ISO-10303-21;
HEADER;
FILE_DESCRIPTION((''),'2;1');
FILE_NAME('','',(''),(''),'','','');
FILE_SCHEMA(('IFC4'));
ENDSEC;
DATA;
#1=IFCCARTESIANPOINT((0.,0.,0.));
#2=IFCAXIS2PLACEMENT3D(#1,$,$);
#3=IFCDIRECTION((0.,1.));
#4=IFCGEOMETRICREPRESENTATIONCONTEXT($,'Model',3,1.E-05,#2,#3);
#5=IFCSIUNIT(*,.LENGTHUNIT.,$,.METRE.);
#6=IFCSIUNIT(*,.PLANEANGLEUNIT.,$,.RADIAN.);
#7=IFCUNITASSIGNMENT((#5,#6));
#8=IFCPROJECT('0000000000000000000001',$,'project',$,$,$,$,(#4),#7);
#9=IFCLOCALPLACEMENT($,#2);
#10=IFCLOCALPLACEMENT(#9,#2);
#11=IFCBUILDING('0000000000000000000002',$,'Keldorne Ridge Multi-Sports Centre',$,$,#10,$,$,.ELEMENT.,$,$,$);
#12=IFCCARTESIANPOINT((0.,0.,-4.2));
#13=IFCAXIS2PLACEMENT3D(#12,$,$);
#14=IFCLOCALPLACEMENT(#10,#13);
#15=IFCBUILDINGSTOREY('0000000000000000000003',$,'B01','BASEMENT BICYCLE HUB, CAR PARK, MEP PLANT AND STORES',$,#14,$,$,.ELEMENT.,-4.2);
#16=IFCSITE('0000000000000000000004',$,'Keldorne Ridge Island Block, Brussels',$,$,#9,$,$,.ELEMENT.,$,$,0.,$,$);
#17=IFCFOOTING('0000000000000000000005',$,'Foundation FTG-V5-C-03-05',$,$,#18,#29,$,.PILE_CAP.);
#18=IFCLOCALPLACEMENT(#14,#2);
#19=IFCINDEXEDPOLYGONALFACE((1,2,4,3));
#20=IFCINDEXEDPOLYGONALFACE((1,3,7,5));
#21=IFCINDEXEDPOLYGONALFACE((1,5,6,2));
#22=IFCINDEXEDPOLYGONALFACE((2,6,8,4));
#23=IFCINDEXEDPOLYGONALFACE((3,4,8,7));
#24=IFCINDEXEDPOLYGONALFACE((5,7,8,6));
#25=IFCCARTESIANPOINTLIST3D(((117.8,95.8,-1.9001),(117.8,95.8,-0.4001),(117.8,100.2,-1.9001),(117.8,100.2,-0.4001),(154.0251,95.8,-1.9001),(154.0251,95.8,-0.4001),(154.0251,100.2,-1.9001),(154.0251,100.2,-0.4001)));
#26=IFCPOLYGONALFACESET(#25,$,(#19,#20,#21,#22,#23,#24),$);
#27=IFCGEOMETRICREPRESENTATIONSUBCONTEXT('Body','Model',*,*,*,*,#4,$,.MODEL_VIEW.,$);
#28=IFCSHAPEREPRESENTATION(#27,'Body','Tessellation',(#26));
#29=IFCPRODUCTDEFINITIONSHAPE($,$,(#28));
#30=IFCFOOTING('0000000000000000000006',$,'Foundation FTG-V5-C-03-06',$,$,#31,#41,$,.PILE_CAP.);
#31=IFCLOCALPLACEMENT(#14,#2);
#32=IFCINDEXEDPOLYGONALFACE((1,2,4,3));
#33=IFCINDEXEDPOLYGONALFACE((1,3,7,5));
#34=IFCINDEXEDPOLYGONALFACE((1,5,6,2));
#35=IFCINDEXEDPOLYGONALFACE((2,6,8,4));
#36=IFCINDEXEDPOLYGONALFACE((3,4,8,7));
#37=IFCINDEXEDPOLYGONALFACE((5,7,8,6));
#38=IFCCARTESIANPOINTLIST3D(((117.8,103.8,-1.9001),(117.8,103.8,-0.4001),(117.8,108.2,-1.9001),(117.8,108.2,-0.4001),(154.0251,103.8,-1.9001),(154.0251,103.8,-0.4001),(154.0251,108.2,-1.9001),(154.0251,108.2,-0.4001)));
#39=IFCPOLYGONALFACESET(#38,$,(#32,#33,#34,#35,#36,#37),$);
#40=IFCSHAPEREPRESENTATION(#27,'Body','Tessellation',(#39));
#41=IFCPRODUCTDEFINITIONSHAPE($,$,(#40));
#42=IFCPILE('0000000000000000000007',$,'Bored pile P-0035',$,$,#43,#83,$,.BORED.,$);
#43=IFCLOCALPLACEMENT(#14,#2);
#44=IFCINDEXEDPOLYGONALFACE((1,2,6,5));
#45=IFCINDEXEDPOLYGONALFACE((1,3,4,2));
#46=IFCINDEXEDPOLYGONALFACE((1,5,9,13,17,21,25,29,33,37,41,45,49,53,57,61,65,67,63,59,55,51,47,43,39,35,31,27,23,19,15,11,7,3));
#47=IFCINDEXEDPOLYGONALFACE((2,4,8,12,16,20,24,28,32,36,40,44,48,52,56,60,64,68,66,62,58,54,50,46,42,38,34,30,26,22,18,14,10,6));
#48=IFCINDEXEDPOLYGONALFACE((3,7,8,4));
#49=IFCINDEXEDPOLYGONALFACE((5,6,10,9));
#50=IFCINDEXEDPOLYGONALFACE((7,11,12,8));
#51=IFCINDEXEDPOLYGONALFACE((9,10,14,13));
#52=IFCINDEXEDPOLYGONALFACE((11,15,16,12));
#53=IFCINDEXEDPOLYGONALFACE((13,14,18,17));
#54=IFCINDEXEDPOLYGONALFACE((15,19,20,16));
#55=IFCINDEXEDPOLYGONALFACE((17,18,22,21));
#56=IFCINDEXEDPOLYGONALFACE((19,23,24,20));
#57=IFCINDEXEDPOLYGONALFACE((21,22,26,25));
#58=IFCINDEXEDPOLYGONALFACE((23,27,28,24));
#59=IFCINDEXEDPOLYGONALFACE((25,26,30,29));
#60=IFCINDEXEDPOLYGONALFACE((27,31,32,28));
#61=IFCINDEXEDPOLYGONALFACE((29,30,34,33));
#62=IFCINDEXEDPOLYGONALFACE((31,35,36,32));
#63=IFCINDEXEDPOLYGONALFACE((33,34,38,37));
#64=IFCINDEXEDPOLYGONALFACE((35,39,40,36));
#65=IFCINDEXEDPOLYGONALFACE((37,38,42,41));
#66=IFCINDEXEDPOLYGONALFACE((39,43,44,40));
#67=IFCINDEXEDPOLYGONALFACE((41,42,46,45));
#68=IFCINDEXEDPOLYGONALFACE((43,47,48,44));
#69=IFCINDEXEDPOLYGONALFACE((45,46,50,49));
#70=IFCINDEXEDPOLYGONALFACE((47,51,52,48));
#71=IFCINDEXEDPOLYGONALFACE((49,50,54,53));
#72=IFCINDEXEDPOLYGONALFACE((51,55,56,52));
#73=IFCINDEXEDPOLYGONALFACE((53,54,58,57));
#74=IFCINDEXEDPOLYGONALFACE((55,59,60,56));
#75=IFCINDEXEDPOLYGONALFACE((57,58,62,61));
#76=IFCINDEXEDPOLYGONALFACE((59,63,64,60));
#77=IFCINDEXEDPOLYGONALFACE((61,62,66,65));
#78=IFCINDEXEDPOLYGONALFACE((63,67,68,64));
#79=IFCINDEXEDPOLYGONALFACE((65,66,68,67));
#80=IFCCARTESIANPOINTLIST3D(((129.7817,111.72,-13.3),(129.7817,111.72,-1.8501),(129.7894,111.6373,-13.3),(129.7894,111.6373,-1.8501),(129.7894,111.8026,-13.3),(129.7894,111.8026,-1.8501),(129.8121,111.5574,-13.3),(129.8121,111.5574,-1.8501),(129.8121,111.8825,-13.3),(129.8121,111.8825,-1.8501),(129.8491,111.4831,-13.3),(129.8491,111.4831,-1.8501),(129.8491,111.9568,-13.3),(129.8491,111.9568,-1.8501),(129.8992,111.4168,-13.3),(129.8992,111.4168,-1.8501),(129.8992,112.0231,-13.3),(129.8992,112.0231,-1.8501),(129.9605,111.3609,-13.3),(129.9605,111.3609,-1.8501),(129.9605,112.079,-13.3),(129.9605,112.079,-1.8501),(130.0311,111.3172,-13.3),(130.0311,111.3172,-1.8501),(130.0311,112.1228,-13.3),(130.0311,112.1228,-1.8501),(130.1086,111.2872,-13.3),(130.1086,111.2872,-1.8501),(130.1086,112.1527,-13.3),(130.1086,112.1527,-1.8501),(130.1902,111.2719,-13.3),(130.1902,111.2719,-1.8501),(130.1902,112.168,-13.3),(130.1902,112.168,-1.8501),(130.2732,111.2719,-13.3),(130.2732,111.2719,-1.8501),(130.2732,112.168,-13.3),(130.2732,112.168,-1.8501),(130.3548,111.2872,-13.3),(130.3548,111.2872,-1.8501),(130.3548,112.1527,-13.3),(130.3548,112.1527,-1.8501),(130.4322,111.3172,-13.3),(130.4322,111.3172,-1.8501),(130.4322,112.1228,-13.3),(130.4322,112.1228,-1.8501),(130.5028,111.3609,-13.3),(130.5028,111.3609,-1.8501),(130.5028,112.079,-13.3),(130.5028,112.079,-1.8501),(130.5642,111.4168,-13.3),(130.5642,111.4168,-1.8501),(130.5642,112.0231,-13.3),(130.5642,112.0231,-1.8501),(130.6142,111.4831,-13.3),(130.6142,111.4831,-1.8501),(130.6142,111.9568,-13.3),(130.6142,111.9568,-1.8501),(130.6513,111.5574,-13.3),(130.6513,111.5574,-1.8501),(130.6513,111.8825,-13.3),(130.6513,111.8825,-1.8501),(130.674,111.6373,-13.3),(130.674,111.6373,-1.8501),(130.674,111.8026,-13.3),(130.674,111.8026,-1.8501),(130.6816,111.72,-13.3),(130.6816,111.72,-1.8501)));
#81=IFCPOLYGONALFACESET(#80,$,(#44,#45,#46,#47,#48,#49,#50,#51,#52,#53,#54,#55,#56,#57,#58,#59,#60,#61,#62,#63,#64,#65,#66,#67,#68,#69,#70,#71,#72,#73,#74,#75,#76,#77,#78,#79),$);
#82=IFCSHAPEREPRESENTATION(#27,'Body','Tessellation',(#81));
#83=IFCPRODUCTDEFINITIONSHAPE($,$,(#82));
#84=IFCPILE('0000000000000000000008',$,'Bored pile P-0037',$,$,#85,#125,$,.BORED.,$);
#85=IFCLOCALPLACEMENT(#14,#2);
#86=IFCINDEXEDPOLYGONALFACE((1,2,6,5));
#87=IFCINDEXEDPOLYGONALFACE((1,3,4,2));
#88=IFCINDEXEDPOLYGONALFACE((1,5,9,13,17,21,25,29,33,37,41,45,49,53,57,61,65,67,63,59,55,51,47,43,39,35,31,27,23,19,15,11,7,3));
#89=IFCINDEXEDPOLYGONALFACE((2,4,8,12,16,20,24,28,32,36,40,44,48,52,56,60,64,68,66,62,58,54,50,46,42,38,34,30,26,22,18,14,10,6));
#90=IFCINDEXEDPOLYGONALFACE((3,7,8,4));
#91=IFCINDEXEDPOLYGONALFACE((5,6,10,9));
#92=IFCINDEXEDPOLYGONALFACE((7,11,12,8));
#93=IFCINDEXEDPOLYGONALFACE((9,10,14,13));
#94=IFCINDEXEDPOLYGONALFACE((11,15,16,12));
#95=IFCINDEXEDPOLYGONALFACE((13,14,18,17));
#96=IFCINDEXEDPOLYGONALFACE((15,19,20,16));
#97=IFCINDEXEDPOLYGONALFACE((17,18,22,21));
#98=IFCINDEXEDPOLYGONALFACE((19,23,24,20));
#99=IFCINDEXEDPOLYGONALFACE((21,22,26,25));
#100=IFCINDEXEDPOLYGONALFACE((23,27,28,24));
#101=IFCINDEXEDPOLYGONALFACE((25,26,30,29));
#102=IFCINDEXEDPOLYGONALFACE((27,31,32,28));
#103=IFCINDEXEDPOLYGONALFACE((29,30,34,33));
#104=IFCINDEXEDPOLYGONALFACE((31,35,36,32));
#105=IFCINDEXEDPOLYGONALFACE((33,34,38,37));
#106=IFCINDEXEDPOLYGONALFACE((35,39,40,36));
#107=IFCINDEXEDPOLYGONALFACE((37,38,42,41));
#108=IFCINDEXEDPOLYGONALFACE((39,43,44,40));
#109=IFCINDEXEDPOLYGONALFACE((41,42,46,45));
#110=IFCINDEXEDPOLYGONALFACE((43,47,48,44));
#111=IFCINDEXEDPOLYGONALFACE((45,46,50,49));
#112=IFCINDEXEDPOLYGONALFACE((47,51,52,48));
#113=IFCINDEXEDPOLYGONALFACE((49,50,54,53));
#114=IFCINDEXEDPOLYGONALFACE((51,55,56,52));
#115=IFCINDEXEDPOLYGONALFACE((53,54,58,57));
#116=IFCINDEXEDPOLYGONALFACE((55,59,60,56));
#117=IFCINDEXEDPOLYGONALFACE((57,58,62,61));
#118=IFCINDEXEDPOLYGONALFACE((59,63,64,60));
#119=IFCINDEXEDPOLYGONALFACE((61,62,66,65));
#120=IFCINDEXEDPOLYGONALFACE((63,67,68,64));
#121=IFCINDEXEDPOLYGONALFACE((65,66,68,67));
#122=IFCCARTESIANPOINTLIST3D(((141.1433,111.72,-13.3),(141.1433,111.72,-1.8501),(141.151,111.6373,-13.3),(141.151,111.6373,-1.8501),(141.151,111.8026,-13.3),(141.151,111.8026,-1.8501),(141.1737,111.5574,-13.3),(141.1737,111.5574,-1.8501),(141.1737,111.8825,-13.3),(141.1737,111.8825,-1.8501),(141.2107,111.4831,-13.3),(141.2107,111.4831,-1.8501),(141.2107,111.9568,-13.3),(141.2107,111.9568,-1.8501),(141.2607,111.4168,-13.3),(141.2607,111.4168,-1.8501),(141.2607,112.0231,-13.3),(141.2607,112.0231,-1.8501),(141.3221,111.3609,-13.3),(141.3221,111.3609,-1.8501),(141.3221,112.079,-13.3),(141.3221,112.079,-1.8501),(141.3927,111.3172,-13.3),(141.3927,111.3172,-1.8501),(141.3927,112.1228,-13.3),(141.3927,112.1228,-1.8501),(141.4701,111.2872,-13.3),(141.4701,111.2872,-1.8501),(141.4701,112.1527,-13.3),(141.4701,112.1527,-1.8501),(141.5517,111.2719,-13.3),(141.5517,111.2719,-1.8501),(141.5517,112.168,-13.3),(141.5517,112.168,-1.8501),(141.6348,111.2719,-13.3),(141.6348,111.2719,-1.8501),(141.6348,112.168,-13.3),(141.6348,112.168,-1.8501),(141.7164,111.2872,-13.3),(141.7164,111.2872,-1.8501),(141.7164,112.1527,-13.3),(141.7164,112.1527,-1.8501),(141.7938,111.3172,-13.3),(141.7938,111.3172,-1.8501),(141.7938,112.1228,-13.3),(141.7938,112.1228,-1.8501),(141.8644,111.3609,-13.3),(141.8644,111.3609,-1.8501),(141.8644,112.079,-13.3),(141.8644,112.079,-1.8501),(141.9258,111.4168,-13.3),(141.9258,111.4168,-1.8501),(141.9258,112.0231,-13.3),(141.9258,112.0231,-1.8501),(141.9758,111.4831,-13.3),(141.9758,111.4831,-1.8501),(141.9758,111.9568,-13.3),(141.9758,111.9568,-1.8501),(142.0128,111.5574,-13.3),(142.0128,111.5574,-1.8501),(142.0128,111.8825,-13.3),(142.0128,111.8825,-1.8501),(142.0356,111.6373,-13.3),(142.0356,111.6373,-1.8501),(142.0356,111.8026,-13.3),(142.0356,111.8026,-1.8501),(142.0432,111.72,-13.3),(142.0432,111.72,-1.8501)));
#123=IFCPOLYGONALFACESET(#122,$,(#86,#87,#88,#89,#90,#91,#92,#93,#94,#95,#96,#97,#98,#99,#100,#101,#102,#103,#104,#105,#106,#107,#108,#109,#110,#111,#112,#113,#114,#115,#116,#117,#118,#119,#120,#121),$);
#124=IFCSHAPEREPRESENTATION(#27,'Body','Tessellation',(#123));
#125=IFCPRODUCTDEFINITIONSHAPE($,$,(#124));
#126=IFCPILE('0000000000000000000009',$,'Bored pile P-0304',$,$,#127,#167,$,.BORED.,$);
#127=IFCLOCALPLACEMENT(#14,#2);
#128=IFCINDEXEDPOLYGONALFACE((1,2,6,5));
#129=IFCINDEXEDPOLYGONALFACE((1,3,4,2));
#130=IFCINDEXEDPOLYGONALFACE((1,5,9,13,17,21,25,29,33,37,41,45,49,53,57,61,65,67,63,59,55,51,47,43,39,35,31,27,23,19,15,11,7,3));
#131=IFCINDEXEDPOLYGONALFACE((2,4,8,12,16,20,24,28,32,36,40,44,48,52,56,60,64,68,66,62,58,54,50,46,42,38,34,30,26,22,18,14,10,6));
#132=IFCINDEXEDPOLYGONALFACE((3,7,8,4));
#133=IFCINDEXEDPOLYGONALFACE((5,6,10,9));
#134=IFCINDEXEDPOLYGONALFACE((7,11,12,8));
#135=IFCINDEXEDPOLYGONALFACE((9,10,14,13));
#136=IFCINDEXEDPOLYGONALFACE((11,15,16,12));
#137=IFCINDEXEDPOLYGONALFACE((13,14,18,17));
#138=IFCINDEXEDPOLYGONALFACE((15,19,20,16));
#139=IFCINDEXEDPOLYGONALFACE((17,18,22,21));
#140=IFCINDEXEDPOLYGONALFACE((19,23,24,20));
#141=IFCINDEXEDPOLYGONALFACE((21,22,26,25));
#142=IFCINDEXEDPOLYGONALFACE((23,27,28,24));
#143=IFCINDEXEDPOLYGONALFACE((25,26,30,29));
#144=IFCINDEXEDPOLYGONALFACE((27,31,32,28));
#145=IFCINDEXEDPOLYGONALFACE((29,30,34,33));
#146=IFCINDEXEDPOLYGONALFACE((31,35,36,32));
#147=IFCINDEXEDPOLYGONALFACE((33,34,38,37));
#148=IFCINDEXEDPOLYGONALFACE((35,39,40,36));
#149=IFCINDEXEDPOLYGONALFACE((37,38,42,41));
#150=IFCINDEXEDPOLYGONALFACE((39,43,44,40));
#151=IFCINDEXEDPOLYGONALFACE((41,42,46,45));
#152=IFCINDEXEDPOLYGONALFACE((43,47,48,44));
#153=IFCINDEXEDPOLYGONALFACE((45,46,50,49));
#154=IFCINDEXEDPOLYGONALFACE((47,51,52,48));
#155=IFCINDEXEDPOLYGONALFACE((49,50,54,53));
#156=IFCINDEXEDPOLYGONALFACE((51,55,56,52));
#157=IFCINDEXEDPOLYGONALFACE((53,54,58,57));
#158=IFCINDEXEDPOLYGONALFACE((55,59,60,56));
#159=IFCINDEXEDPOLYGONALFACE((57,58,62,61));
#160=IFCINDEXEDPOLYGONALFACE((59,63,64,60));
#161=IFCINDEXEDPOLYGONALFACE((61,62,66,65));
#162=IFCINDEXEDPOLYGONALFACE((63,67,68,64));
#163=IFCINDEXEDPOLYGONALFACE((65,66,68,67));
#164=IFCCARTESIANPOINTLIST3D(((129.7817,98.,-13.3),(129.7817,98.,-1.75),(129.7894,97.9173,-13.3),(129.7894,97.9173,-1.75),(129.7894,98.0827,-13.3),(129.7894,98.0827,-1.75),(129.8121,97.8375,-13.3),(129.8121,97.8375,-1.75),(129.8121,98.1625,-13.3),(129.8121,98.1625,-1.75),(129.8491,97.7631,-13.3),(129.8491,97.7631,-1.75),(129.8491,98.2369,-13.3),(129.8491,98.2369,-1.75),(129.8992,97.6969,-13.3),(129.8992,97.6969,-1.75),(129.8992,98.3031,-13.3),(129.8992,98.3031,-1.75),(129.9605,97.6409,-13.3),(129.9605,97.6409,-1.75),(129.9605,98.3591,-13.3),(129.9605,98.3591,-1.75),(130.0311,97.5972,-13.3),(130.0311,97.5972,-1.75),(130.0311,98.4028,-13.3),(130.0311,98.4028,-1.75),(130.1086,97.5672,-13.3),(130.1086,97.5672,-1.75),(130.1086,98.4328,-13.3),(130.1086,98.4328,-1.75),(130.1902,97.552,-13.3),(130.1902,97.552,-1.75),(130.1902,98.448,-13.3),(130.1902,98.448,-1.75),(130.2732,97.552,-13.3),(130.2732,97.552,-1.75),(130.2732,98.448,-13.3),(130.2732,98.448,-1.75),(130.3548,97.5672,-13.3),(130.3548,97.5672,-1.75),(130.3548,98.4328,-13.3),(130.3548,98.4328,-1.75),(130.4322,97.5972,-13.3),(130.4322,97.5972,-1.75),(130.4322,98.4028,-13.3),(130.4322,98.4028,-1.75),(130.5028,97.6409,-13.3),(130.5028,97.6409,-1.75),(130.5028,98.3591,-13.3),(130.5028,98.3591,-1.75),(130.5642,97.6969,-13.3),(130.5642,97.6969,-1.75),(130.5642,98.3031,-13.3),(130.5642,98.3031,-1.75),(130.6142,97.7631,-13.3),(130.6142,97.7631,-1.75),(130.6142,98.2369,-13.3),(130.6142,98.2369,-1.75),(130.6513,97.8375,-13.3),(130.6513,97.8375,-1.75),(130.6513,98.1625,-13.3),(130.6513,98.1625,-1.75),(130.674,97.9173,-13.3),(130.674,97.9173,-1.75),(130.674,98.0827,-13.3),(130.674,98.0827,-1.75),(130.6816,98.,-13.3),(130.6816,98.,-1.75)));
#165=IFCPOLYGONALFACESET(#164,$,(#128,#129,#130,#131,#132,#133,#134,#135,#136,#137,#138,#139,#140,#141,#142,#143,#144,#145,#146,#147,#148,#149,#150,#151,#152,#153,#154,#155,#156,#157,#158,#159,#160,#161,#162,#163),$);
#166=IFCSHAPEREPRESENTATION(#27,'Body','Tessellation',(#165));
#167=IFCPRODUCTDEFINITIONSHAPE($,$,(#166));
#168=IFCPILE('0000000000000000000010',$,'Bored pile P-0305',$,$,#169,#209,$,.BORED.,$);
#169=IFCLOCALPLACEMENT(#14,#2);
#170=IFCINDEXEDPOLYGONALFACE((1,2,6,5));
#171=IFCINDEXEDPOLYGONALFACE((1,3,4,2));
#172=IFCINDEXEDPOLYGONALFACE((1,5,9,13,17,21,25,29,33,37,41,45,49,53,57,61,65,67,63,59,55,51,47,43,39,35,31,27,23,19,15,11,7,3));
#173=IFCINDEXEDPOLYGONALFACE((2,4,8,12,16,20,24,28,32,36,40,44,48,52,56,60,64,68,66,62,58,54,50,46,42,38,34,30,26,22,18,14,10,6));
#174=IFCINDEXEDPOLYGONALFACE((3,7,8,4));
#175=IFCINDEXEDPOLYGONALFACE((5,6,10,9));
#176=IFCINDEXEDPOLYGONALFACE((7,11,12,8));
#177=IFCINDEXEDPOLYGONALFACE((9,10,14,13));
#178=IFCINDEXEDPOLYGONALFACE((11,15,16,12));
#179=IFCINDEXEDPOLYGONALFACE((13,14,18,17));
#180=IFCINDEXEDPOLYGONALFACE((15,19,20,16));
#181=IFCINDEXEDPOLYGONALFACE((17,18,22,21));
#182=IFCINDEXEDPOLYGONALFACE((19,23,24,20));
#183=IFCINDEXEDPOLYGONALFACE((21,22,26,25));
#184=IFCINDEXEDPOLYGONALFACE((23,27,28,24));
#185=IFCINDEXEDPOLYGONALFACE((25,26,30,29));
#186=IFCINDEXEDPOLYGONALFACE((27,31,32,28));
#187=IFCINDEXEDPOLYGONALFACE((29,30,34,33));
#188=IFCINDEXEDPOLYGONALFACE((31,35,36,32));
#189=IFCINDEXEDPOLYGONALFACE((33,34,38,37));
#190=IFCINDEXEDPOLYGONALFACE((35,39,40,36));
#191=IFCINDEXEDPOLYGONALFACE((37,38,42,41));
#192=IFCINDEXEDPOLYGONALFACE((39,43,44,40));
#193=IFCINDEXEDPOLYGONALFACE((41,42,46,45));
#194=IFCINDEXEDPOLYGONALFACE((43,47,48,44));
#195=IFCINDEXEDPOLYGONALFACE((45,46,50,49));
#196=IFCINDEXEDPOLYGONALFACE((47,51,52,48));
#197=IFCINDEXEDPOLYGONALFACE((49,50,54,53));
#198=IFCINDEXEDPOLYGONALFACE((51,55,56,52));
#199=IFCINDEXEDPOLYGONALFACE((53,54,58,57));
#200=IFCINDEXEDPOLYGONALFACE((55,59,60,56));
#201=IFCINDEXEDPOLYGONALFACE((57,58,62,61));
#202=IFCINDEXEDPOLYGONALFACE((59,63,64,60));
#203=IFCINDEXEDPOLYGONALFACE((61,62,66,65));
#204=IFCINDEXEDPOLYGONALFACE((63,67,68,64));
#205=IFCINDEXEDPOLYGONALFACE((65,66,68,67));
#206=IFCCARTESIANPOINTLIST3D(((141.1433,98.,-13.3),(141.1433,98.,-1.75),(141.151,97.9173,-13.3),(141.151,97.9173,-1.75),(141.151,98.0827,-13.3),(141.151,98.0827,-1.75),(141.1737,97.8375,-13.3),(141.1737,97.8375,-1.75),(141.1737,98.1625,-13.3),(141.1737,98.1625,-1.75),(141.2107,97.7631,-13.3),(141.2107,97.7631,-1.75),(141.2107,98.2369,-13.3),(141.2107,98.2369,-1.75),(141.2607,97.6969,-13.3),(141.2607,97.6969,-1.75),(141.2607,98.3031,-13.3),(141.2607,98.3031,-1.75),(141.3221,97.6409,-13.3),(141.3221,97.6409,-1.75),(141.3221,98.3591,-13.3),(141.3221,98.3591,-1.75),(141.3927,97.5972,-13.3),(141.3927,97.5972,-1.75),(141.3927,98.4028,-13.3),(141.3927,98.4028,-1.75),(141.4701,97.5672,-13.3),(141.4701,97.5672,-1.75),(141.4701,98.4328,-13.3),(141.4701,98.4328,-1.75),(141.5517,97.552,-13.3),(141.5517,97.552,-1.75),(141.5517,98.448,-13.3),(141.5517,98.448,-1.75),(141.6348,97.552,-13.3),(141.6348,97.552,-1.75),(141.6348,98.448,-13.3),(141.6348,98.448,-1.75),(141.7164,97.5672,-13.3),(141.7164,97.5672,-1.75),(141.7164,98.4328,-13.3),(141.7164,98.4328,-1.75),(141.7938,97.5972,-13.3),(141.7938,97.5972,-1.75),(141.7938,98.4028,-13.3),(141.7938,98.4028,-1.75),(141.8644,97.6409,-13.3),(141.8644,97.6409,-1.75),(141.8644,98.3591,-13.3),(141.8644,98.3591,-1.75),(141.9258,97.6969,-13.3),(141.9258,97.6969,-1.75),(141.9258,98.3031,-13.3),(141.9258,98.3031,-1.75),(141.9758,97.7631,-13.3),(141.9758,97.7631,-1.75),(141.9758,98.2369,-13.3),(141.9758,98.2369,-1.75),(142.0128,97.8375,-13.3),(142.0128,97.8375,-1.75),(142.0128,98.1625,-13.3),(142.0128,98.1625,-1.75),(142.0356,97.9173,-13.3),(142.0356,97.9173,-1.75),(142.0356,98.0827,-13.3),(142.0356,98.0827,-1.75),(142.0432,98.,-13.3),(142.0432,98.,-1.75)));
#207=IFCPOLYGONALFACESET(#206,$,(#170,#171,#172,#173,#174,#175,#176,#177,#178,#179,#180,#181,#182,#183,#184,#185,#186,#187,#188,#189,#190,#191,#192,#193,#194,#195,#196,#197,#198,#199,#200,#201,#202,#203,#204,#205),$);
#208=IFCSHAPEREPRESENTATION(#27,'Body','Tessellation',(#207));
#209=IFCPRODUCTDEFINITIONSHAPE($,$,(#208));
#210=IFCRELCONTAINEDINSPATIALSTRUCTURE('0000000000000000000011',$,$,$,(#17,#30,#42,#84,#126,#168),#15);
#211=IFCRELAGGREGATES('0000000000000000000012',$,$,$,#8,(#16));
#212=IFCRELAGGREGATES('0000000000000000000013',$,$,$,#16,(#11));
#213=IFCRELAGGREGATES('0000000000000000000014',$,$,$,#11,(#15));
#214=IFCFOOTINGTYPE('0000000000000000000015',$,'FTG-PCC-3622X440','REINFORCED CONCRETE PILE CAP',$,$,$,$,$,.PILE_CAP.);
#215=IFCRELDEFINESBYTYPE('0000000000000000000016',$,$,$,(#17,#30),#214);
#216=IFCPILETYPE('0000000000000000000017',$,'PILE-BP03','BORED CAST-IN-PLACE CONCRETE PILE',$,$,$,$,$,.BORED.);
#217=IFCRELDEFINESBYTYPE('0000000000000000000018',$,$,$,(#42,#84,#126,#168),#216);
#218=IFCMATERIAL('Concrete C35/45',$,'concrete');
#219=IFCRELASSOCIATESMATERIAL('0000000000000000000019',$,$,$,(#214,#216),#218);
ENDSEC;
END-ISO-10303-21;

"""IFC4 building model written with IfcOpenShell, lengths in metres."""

from ifc_helpers import new_model, si_unit, direction, frame, origin, origin_2d, place, context, subcontext, project, spatial, rectangle, circle, extrude, material, material_profile, profile_set, type_object, element, save


model = new_model("IFC4")

# Units and contexts
model_context = context("Model", 3, precision=1e-05, world=origin(), true_north=direction((0.0, 1.0)))
body_context = subcontext(model_context, "Body", "Model", "MODEL_VIEW")
ifc_project = project(units=[si_unit("LENGTHUNIT", "METRE"), si_unit("PLANEANGLEUNIT", "RADIAN")], contexts=[model_context])

# Site, building, storey
site_placement = place(None, origin())
site = spatial("IfcSite", under=ifc_project, at=site_placement, Name="Keldorne Ridge Island Block, Brussels", CompositionType="ELEMENT", RefElevation=0.0)
building_placement = place(site_placement, origin())
building = spatial("IfcBuilding", under=site, at=building_placement, Name="Keldorne Ridge Multi-Sports Centre", CompositionType="ELEMENT")
storey_placement = place(building_placement, frame((0.0, 0.0, -4.2)))
storey = spatial("IfcBuildingStorey", under=building, at=storey_placement, Name="B01", Description="BASEMENT BICYCLE HUB, CAR PARK, MEP PLANT AND STORES", CompositionType="ELEMENT", Elevation=-4.2)

# Footings
ifc_material_1 = material(Name="Concrete C35/45", Category="concrete")
footing_type = type_object("IfcFootingType", Name="FTG-PCC-3622X440", Description="REINFORCED CONCRETE PILE CAP", PredefinedType="PILE_CAP", material=ifc_material_1)
for number, where, z_axis, x_axis, name in (
    (1, (135.9126, 98.0, -1.9001), (0.0, 0.0, 1.0), (1.0, 0.0, 0.0), "Foundation FTG-V5-C-03-05"),
    (2, (135.9126, 106.0, -1.9001), (0.0, 0.0, 1.0), (1.0, 0.0, 0.0), "Foundation FTG-V5-C-03-06"),
):
    element("IfcFooting", number, at=place(storey_placement, frame(where, z_axis=z_axis, x_axis=x_axis)), inside=storey, type_object=footing_type, Name=name, PredefinedType="PILE_CAP", context=body_context, shape_type="SweptSolid", body=[
        extrude(rectangle(XDim=36.2251, YDim=4.3999, at=origin_2d()), origin(), (0.0, 0.0, 1.0), 1.5),
    ])

# Piles
ifc_material_profile_1 = material_profile(ifc_material_1, circle(Radius=0.45, at=origin_2d()), Name="BORED PILE D900")
ifc_profile_set_1 = profile_set([ifc_material_profile_1], Name="Concrete C35/45")
pile_type = type_object("IfcPileType", Name="PILE-BP03", Description="BORED CAST-IN-PLACE CONCRETE PILE", PredefinedType="BORED", material=ifc_profile_set_1)
for number, where, z_axis, x_axis, name in (
    (3, (130.2317, 111.72, -1.8501), (0.0, 0.0, -1.0), (1.0, 0.0, 0.0), "Bored pile P-0035"),
    (4, (141.5933, 111.72, -1.8501), (0.0, 0.0, -1.0), (1.0, 0.0, 0.0), "Bored pile P-0037"),
):
    element("IfcPile", number, at=place(storey_placement, frame(where, z_axis=z_axis, x_axis=x_axis)), inside=storey, type_object=pile_type, Name=name, PredefinedType="BORED", context=body_context, shape_type="SweptSolid", body=[
        extrude(circle(Radius=0.45, at=origin_2d()), origin(), (0.0, 0.0, 1.0), 11.45),
    ])
for number, where, z_axis, x_axis, name in (
    (5, (130.2317, 98.0, -1.75), (0.0, 0.0, -1.0), (1.0, 0.0, 0.0), "Bored pile P-0304"),
    (6, (141.5933, 98.0, -1.75), (0.0, 0.0, -1.0), (1.0, 0.0, 0.0), "Bored pile P-0305"),
):
    element("IfcPile", number, at=place(storey_placement, frame(where, z_axis=z_axis, x_axis=x_axis)), inside=storey, type_object=pile_type, Name=name, PredefinedType="BORED", context=body_context, shape_type="SweptSolid", body=[
        extrude(circle(Radius=0.45, at=origin_2d()), origin(), (0.0, 0.0, 1.0), 11.55),
    ])

save(model, "model.ifc")
